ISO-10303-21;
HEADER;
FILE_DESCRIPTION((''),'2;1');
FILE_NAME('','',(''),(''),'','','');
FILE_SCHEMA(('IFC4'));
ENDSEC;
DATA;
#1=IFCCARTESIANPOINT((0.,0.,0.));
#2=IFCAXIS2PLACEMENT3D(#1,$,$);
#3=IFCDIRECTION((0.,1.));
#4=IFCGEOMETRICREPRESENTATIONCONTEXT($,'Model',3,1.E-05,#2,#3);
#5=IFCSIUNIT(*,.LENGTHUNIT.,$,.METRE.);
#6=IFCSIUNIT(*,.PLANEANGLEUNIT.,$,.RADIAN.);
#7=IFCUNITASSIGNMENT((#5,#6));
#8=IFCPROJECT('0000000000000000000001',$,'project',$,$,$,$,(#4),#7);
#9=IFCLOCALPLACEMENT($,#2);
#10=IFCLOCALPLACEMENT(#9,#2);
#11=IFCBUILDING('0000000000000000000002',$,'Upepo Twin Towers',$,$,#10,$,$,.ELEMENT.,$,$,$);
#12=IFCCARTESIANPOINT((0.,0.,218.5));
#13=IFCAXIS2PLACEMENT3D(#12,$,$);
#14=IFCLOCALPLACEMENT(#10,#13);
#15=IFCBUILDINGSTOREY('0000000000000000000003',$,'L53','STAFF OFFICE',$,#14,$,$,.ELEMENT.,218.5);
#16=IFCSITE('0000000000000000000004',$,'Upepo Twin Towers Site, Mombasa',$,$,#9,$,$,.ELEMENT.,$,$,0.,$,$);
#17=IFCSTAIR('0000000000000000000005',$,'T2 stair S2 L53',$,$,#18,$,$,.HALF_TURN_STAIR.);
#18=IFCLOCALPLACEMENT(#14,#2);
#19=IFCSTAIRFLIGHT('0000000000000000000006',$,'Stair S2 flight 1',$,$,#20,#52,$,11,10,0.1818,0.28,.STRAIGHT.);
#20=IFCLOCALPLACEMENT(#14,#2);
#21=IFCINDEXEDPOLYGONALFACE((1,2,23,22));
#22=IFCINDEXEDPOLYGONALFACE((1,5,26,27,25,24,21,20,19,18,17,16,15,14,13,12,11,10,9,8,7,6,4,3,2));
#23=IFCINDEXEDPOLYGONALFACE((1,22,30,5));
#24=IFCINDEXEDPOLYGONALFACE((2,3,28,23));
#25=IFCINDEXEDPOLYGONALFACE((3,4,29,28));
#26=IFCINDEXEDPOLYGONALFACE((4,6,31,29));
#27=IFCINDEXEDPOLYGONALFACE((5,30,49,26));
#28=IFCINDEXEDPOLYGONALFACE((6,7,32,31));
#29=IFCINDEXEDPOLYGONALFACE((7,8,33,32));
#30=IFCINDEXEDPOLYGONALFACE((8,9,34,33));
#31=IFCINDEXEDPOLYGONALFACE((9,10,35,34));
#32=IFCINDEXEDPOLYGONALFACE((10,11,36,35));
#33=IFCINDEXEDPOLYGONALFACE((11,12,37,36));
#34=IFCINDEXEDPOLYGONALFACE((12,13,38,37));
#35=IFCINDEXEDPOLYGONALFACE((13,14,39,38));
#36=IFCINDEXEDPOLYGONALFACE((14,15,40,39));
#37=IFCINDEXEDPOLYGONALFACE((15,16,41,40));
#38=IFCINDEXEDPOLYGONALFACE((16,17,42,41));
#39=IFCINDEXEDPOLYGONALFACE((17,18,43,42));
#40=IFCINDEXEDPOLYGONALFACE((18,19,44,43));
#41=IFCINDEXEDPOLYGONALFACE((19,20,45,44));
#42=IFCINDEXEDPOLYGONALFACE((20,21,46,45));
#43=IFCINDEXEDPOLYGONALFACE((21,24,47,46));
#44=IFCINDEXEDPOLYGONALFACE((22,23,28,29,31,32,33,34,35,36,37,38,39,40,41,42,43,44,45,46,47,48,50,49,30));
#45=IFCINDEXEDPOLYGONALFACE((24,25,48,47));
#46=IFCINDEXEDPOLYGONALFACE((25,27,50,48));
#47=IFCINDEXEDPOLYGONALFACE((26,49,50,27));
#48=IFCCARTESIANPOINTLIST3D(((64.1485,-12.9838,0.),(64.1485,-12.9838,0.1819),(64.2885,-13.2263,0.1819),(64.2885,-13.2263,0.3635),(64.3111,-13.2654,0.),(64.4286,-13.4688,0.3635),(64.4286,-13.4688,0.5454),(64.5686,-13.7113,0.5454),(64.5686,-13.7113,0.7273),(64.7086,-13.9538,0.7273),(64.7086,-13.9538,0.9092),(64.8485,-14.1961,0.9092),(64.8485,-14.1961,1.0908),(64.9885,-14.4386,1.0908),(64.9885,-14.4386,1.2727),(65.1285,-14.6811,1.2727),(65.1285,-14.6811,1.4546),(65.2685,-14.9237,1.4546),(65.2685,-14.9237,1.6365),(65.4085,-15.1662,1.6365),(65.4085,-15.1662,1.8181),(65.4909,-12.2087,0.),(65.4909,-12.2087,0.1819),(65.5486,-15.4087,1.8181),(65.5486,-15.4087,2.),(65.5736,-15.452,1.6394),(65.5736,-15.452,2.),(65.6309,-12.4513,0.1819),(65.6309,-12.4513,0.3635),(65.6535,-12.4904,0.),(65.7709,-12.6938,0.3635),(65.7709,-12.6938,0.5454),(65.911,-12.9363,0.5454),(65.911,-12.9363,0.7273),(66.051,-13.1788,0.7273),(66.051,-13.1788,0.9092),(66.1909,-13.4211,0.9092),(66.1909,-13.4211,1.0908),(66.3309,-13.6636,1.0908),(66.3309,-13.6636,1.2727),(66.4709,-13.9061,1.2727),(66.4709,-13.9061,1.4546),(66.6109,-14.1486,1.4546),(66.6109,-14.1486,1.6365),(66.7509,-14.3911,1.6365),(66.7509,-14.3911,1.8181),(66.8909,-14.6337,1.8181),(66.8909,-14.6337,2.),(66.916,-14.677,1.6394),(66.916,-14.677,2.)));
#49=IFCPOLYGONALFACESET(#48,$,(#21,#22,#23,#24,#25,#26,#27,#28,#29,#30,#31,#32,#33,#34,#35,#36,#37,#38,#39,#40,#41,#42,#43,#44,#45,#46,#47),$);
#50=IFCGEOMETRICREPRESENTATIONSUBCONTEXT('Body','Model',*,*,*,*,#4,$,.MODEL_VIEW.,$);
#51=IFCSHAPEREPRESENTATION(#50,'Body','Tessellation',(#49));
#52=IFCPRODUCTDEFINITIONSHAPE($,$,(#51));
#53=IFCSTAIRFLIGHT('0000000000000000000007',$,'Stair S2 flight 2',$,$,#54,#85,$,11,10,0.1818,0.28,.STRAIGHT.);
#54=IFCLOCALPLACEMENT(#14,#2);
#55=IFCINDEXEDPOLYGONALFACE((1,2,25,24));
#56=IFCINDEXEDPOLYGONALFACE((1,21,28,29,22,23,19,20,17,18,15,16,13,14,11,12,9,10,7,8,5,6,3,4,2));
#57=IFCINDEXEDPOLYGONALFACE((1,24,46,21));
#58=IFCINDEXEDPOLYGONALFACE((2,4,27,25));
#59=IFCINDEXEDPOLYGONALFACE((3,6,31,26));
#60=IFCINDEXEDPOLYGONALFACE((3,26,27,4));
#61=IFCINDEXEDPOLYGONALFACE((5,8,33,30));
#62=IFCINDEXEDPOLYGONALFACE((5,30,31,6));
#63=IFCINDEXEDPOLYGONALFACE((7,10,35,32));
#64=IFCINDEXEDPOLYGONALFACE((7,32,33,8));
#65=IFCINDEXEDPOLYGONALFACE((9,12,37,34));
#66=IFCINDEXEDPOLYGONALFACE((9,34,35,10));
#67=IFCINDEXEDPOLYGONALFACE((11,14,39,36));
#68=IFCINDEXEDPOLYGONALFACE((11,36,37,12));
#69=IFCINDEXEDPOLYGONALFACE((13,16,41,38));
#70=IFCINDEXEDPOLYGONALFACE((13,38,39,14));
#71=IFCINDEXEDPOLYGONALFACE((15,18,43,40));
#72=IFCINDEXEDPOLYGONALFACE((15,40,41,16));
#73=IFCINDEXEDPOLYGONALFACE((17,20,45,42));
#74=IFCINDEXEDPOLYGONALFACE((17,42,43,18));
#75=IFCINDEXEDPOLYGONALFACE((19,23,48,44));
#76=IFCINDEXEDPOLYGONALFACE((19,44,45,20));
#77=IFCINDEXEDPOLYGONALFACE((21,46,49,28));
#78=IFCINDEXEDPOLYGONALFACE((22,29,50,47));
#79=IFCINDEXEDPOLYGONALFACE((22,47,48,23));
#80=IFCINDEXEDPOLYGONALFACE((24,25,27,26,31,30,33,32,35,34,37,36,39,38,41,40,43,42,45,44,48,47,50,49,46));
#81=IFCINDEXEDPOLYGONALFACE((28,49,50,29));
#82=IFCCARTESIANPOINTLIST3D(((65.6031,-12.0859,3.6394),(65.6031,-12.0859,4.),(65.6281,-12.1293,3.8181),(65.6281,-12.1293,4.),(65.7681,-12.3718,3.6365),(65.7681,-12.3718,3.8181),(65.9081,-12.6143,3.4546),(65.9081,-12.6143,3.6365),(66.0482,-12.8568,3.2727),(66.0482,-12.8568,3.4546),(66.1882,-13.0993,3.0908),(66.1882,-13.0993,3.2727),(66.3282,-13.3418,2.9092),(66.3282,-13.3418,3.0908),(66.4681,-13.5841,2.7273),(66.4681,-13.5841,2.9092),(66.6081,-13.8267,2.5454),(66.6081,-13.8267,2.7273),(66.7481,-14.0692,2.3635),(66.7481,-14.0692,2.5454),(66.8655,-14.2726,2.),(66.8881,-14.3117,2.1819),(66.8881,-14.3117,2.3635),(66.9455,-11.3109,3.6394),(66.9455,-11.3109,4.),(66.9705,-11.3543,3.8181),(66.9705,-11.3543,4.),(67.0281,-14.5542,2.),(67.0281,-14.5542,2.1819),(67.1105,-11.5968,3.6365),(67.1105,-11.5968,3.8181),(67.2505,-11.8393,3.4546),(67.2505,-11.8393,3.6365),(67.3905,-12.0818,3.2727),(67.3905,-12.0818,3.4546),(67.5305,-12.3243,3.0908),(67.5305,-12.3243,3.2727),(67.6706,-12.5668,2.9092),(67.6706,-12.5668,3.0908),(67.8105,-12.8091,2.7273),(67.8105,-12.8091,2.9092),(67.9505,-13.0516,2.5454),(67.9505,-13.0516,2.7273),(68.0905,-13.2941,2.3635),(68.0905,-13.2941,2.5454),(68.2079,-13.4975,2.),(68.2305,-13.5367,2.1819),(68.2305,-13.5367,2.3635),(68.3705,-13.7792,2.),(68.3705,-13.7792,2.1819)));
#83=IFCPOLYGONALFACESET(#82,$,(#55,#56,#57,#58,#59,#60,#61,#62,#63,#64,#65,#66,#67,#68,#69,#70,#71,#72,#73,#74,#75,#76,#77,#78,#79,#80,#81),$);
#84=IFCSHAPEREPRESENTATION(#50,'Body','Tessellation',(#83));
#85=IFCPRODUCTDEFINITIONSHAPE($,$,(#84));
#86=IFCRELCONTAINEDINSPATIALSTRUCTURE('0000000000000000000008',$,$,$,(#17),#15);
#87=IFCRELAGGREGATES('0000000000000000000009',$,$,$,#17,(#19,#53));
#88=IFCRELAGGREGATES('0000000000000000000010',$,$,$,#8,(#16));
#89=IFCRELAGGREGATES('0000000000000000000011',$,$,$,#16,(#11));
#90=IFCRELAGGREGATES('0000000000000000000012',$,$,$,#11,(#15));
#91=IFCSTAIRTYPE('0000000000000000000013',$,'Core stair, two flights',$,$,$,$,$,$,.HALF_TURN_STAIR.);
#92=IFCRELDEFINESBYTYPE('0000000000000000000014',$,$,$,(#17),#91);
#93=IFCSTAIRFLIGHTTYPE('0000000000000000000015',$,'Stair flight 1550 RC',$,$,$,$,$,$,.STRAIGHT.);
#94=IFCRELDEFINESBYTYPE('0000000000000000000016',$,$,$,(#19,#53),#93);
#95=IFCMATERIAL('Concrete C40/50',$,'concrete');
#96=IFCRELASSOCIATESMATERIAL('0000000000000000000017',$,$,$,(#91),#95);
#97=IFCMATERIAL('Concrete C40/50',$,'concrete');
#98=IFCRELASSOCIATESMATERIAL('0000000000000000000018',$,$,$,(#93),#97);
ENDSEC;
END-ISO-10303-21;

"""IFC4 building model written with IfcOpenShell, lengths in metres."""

from ifc_helpers import new_model, si_unit, direction, frame, origin, place, context, subcontext, project, spatial, polyline, outline, extrude, material, type_object, element, aggregate, save


model = new_model("IFC4")

# Units and contexts
model_context = context("Model", 3, precision=1e-05, world=origin(), true_north=direction((0.0, 1.0)))
body_context = subcontext(model_context, "Body", "Model", "MODEL_VIEW")
ifc_project = project(units=[si_unit("LENGTHUNIT", "METRE"), si_unit("PLANEANGLEUNIT", "RADIAN")], contexts=[model_context])

# Site, building, storey
site_placement = place(None, origin())
site = spatial("IfcSite", under=ifc_project, at=site_placement, Name="Upepo Twin Towers Site, Mombasa", CompositionType="ELEMENT", RefElevation=0.0)
building_placement = place(site_placement, origin())
building = spatial("IfcBuilding", under=site, at=building_placement, Name="Upepo Twin Towers", CompositionType="ELEMENT")
storey_placement = place(building_placement, frame((0.0, 0.0, 218.5)))
storey = spatial("IfcBuildingStorey", under=building, at=storey_placement, Name="L53", Description="STAFF OFFICE", CompositionType="ELEMENT", Elevation=218.5)

# Stair, stair flights
ifc_material_1 = material(Name="Concrete C40/50", Category="concrete")
stair_type = type_object("IfcStairType", Name="Core stair, two flights", PredefinedType="HALF_TURN_STAIR", material=ifc_material_1)
stair_placement = place(storey_placement, origin())
stair = element("IfcStair", 1, at=stair_placement, inside=storey, type_object=stair_type, Name="T2 stair S2 L53", PredefinedType="HALF_TURN_STAIR")
ifc_material_2 = material(Name="Concrete C40/50", Category="concrete")
stair_flight_type = type_object("IfcStairFlightType", Name="Stair flight 1550 RC", PredefinedType="STRAIGHT", material=ifc_material_2)
stair_flight_1_placement = place(storey_placement, frame((64.8198, -12.5962, 0.0), z_axis=(0.0, 0.0, 1.0), x_axis=(0.5, -0.866025, 0.0)))
stair_flight_1 = element("IfcStairFlight", 2, at=stair_flight_1_placement, type_object=stair_flight_type, Name="Stair S2 flight 1", NumberOfRisers=11, NumberOfTreads=10, PredefinedType="STRAIGHT", RiserHeight=0.1818, TreadLength=0.28, context=body_context, shape_type="SweptSolid", body=[
    extrude(outline(polyline([(0.0, 0.0), (0.0, 0.1819), (0.28, 0.1819), (0.28, 0.3635), (0.5601, 0.3635), (0.5601, 0.5454), (0.8401, 0.5454), (0.8401, 0.7273), (1.1201, 0.7273), (1.1201, 0.9092), (1.3999, 0.9092), (1.3999, 1.0908), (1.6799, 1.0908), (1.6799, 1.2727), (1.96, 1.2727), (1.96, 1.4546), (2.24, 1.4546), (2.24, 1.6365), (2.52, 1.6365), (2.52, 1.8181), (2.8, 1.8181), (2.8, 2.0), (2.8501, 2.0), (2.8501, 1.6394), (0.3252, 0.0), (0.0, 0.0)])), frame((0.0, 0.7749, 0.0), z_axis=(0.0, -1.0, 0.0), x_axis=(1.0, 0.0, 0.0)), (0.0, 0.0, 1.0), 1.55),
])
stair_flight_2_placement = place(storey_placement, frame((67.6992, -14.1667, 2.0), z_axis=(0.0, 0.0, 1.0), x_axis=(-0.5, 0.866025, 0.0)))
stair_flight_2 = element("IfcStairFlight", 3, at=stair_flight_2_placement, type_object=stair_flight_type, Name="Stair S2 flight 2", NumberOfRisers=11, NumberOfTreads=10, PredefinedType="STRAIGHT", RiserHeight=0.1818, TreadLength=0.28, context=body_context, shape_type="SweptSolid", body=[
    extrude(outline(polyline([(0.0, 0.0), (0.0, 0.1819), (0.28, 0.1819), (0.28, 0.3635), (0.5601, 0.3635), (0.5601, 0.5454), (0.8401, 0.5454), (0.8401, 0.7273), (1.1201, 0.7273), (1.1201, 0.9092), (1.3999, 0.9092), (1.3999, 1.0908), (1.6799, 1.0908), (1.6799, 1.2727), (1.96, 1.2727), (1.96, 1.4546), (2.24, 1.4546), (2.24, 1.6365), (2.52, 1.6365), (2.52, 1.8181), (2.8, 1.8181), (2.8, 2.0), (2.8501, 2.0), (2.8501, 1.6394), (0.3252, 0.0), (0.0, 0.0)])), frame((0.0, 0.7749, 0.0), z_axis=(0.0, -1.0, 0.0), x_axis=(1.0, 0.0, 0.0)), (0.0, 0.0, 1.0), 1.55),
])
aggregate(stair, [stair_flight_1, stair_flight_2])

save(model, "model.ifc")
